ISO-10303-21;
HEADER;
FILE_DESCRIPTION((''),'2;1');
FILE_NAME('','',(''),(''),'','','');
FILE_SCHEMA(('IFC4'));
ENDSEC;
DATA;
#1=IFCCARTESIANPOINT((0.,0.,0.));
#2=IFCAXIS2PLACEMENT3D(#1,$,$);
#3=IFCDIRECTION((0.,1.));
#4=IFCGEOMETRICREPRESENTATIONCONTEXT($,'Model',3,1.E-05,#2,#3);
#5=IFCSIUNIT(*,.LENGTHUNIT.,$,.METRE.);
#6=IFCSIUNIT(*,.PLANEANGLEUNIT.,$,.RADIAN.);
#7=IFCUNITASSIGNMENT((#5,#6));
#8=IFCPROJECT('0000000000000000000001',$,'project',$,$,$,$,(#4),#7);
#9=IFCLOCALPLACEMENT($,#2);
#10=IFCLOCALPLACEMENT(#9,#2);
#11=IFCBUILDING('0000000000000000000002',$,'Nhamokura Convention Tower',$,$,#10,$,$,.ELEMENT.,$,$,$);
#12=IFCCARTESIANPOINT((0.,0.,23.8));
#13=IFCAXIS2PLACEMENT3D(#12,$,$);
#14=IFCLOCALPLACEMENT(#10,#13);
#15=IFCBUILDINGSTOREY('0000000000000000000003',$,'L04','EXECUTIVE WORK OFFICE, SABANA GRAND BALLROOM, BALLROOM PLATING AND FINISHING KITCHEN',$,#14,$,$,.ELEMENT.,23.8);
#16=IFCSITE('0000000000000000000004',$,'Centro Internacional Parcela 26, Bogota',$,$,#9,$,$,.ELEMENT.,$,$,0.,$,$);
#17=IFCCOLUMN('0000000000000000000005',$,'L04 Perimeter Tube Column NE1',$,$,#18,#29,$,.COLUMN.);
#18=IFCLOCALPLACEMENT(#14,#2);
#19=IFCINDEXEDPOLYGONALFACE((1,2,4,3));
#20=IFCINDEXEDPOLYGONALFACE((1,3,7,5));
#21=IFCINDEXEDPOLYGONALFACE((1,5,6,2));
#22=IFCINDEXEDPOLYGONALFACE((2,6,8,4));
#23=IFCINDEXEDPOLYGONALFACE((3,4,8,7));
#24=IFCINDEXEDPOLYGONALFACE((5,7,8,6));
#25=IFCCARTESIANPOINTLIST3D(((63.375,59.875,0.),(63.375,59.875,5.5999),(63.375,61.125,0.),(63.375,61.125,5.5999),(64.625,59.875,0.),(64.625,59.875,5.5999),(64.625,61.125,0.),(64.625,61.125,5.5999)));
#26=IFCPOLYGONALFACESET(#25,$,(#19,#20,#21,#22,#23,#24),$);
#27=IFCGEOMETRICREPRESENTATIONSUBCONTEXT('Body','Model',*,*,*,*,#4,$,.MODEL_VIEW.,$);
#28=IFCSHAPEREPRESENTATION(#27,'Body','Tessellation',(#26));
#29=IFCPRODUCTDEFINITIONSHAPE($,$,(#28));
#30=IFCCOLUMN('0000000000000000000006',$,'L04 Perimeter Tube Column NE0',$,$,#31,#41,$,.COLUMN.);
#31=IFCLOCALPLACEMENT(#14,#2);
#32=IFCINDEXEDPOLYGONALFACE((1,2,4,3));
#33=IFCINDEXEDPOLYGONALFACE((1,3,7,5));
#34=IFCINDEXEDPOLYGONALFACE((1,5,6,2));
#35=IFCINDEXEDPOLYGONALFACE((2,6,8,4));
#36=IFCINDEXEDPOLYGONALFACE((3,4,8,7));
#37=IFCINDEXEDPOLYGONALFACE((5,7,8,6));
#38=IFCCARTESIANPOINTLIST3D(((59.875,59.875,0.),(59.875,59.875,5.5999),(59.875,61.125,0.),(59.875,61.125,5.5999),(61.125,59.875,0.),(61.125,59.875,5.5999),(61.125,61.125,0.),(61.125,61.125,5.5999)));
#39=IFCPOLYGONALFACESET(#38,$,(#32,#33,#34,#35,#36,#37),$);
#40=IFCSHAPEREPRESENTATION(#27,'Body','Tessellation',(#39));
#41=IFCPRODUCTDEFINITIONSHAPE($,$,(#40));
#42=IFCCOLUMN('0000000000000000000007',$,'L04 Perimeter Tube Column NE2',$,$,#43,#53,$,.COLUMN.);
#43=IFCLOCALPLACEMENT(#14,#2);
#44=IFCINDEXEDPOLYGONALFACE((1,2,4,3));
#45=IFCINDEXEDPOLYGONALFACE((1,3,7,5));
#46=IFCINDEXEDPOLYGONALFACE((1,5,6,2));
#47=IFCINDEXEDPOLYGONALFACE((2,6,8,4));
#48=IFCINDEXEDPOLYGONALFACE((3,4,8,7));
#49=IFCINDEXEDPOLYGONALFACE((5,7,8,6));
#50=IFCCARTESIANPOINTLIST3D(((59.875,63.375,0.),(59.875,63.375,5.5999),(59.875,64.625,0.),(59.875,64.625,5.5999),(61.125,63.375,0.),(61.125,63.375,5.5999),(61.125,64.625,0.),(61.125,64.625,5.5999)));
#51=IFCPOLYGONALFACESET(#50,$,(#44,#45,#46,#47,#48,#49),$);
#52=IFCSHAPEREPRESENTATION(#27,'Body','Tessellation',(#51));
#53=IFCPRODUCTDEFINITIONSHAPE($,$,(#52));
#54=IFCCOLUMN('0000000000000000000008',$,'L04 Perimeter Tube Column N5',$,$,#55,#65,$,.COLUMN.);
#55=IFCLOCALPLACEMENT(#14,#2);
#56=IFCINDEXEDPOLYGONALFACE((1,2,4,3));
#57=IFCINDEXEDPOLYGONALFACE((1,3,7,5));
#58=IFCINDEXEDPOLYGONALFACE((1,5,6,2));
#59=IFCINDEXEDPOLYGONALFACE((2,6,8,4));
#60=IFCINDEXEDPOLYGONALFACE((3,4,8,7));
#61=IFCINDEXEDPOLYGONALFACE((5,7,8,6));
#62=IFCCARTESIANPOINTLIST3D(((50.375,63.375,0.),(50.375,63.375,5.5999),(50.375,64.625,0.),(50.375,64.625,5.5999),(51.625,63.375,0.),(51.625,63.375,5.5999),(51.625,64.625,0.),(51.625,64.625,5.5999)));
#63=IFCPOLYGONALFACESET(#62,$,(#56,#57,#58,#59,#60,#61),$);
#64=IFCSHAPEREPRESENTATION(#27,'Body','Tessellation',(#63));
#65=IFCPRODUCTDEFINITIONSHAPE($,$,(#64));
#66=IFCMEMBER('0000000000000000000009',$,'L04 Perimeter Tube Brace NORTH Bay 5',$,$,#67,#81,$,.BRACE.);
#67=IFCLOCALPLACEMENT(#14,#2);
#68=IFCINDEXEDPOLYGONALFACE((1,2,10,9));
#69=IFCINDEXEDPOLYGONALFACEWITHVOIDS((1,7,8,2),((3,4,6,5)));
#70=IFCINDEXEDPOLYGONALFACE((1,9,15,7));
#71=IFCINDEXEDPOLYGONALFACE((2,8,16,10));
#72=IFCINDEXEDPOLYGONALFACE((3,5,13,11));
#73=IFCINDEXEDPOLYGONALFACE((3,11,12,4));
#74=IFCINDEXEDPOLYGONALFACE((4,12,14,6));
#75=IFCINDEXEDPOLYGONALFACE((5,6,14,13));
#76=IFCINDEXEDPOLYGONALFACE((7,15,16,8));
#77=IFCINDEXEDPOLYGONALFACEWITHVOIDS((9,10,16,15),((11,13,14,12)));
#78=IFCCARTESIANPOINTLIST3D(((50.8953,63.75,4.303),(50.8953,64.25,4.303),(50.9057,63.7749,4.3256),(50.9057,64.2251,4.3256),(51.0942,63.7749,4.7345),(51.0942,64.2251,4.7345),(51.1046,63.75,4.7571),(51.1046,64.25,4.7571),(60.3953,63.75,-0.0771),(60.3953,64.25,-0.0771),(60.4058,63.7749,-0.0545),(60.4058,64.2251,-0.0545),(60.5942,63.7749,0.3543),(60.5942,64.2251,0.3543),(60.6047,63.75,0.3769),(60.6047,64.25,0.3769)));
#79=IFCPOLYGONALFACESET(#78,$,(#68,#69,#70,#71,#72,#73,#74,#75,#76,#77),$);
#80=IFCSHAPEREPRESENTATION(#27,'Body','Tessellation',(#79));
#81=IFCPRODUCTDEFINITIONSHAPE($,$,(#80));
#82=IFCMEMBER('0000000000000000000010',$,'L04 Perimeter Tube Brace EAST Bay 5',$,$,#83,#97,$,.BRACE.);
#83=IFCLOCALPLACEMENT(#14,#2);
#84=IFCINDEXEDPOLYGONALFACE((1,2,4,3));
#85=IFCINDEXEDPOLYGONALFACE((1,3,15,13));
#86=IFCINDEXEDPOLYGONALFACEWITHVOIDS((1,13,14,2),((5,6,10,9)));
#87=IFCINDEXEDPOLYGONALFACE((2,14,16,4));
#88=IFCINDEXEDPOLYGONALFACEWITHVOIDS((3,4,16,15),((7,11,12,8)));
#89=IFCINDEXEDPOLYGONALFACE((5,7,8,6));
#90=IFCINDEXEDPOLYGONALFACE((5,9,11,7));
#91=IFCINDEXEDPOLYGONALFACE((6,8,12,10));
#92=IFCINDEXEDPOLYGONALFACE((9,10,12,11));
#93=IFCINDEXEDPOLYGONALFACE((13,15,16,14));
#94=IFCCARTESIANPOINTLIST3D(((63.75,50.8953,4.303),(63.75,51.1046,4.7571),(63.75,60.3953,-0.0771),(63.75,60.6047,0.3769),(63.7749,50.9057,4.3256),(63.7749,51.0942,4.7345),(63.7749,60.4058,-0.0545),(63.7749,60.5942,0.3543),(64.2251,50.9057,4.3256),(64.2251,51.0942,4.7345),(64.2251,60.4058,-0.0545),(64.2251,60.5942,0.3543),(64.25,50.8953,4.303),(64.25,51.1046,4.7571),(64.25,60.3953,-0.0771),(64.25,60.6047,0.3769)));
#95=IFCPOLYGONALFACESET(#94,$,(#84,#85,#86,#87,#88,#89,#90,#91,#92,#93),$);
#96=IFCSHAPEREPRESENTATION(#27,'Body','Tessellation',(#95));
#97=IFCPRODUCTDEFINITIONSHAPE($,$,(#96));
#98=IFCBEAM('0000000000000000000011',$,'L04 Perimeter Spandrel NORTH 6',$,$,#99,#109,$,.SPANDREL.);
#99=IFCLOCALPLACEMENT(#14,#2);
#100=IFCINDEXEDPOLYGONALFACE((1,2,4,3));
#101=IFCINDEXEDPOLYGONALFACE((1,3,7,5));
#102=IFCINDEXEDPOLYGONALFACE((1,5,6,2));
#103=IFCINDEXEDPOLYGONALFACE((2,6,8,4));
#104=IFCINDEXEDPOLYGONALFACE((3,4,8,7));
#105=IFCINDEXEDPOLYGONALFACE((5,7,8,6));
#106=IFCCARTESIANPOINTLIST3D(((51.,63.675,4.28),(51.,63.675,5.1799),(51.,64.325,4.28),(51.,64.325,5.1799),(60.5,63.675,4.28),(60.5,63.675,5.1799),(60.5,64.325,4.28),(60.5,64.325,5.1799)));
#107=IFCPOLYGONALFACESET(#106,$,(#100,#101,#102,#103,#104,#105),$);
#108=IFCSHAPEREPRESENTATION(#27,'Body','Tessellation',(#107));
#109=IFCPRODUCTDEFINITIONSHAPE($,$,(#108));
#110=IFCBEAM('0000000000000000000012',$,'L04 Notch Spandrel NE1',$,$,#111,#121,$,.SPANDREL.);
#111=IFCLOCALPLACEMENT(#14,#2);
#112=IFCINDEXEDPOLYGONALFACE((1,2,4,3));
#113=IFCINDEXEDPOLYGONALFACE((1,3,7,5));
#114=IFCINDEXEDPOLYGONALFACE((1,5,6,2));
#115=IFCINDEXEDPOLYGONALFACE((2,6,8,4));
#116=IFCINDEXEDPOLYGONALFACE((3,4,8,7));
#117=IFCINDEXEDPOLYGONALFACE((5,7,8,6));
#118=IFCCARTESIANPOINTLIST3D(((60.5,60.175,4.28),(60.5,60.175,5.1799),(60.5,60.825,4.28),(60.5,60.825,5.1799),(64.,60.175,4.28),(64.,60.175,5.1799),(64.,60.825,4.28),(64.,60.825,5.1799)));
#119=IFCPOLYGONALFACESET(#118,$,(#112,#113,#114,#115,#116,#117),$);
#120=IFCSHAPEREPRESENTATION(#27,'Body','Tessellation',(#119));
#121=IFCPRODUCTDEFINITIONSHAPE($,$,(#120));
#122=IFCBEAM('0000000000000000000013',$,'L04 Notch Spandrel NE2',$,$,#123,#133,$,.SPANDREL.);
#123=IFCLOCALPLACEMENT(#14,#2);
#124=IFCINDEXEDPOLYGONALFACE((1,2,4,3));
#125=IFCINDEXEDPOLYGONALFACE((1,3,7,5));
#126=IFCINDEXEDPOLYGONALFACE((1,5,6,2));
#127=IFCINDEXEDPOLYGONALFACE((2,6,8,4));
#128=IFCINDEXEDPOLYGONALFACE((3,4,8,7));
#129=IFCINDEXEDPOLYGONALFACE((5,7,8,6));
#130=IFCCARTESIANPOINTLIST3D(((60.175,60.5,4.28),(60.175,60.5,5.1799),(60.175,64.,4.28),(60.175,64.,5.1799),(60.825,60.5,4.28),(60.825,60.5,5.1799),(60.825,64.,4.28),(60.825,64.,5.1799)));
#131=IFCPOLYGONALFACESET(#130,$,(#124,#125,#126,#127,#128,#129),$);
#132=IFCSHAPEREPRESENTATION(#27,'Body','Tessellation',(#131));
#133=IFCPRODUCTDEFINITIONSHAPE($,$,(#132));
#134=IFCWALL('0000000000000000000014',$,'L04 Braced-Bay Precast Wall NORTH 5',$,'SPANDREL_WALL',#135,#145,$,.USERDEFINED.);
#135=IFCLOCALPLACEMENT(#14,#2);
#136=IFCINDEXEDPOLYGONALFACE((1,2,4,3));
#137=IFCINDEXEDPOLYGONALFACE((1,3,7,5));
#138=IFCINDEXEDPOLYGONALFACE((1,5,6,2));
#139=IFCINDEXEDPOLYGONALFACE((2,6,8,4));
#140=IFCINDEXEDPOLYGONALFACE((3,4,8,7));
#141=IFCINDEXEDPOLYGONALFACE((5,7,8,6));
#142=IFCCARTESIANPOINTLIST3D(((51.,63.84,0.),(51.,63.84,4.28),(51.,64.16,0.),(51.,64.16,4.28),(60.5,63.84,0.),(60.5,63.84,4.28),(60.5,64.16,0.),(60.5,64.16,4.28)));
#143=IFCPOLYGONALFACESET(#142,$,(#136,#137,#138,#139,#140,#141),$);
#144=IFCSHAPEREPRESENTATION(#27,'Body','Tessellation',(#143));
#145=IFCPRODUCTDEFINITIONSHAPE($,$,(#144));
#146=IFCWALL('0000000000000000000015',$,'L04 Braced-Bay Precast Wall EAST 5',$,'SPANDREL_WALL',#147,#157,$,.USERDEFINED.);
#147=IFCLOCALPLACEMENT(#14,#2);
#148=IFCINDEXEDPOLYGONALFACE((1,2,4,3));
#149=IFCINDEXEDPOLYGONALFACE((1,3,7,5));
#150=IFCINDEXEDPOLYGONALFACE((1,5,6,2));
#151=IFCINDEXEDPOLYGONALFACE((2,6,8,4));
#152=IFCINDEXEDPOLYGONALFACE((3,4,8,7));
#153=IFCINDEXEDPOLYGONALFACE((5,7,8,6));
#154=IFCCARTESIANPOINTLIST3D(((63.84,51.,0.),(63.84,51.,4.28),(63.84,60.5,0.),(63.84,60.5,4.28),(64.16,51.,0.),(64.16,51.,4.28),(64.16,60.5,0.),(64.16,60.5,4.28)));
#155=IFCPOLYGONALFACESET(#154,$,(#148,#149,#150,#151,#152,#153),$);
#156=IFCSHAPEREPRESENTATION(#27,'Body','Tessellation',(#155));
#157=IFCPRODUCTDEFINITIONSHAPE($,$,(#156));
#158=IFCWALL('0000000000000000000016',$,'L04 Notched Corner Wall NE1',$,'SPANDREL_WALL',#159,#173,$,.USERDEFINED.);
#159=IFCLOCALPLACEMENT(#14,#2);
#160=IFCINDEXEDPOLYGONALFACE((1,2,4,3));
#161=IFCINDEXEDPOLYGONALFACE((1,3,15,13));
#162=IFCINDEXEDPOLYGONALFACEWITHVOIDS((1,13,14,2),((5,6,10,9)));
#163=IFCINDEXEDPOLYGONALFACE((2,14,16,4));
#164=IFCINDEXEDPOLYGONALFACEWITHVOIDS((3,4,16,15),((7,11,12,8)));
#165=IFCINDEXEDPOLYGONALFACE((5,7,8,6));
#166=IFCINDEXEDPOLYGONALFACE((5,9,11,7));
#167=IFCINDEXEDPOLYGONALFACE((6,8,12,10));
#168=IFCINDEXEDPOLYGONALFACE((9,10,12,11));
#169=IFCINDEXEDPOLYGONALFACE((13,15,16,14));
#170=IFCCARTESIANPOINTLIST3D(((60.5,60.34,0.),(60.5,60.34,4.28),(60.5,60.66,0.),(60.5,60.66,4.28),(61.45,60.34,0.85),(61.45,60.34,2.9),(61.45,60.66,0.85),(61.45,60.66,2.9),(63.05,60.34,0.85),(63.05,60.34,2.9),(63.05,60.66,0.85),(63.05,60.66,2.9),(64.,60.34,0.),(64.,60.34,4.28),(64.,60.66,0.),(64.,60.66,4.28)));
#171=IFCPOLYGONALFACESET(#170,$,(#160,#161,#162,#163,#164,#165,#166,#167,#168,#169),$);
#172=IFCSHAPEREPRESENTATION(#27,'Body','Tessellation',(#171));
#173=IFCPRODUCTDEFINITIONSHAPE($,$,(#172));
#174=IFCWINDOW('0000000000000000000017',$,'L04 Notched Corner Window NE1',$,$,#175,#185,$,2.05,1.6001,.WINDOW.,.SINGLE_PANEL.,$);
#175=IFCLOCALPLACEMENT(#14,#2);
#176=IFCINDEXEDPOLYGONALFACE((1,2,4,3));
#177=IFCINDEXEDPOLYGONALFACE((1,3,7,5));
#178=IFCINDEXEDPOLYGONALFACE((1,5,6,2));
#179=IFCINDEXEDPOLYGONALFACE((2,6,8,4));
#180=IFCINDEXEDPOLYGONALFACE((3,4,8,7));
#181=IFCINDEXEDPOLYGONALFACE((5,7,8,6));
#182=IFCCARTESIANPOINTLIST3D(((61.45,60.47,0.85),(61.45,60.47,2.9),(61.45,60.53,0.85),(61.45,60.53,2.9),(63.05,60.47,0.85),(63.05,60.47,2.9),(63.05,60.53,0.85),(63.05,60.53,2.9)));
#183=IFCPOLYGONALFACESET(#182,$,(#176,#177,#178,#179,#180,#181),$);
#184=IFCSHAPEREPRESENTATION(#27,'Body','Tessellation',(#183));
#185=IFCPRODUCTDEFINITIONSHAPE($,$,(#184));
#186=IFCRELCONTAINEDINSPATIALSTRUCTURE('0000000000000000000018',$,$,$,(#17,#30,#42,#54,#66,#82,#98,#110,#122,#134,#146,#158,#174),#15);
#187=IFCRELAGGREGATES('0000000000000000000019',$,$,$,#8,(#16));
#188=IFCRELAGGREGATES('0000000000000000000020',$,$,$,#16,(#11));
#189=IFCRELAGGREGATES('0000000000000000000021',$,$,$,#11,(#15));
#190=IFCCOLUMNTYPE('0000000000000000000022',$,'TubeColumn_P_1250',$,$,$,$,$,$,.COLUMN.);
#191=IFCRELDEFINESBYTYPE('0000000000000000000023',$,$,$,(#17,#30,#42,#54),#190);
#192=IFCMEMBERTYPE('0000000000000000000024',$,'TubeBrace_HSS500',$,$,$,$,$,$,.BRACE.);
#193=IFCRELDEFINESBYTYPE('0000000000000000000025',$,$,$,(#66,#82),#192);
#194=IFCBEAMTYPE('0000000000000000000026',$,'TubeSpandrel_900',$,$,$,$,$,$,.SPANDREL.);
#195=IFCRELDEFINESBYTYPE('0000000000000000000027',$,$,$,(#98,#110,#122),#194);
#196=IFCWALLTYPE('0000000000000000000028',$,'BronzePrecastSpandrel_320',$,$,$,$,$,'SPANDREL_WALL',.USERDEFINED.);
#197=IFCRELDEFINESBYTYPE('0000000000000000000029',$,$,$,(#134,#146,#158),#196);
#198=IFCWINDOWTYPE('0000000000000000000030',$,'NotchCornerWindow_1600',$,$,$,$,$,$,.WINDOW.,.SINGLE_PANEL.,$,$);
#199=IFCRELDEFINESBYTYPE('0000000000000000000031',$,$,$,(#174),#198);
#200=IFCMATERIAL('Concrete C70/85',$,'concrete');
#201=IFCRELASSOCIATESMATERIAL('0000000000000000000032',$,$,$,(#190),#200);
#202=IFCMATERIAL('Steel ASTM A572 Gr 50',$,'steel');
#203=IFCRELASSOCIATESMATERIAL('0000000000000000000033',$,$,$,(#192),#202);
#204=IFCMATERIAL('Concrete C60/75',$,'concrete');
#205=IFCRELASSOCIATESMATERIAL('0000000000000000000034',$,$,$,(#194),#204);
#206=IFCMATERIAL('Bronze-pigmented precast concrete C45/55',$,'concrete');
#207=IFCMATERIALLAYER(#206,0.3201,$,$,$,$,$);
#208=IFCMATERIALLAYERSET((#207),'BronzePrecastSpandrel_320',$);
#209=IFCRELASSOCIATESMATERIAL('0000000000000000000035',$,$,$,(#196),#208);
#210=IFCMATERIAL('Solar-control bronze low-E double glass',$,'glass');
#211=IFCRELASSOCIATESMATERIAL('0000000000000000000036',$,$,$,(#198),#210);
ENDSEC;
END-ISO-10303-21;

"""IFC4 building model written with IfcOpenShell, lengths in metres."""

from ifc_helpers import new_model, si_unit, direction, frame, frame_2d, origin, origin_2d, place, context, subcontext, project, spatial, rectangle, hollow_rectangle, extrude, material, layer, layer_set, material_profile, profile_set, type_object, element, fill, save


model = new_model("IFC4")

# Units and contexts
model_context = context("Model", 3, precision=1e-05, world=origin(), true_north=direction((0.0, 1.0)))
body_context = subcontext(model_context, "Body", "Model", "MODEL_VIEW")
ifc_project = project(units=[si_unit("LENGTHUNIT", "METRE"), si_unit("PLANEANGLEUNIT", "RADIAN")], contexts=[model_context])

# Site, building, storey
site_placement = place(None, origin())
site = spatial("IfcSite", under=ifc_project, at=site_placement, Name="Centro Internacional Parcela 26, Bogota", CompositionType="ELEMENT", RefElevation=0.0)
building_placement = place(site_placement, origin())
building = spatial("IfcBuilding", under=site, at=building_placement, Name="Nhamokura Convention Tower", CompositionType="ELEMENT")
storey_placement = place(building_placement, frame((0.0, 0.0, 23.8)))
storey = spatial("IfcBuildingStorey", under=building, at=storey_placement, Name="L04", Description="EXECUTIVE WORK OFFICE, SABANA GRAND BALLROOM, BALLROOM PLATING AND FINISHING KITCHEN", CompositionType="ELEMENT", Elevation=23.8)

# Columns
ifc_material_1 = material(Name="Concrete C70/85", Category="concrete")
ifc_material_profile_1 = material_profile(ifc_material_1, rectangle(XDim=1.25, YDim=1.25, at=origin_2d()))
ifc_profile_set_1 = profile_set([ifc_material_profile_1], Name="Concrete C70/85")
column_type = type_object("IfcColumnType", Name="TubeColumn_P_1250", PredefinedType="COLUMN", material=ifc_profile_set_1)
for number, where, z_axis, x_axis, name in (
    (1, (64.0, 60.5, 0.0), (0.0, 0.0, 1.0), (1.0, 0.0, 0.0), "L04 Perimeter Tube Column NE1"),
    (2, (60.5, 60.5, 0.0), (0.0, 0.0, 1.0), (1.0, 0.0, 0.0), "L04 Perimeter Tube Column NE0"),
    (3, (60.5, 64.0, 0.0), (0.0, 0.0, 1.0), (1.0, 0.0, 0.0), "L04 Perimeter Tube Column NE2"),
    (4, (51.0, 64.0, 0.0), (0.0, 0.0, 1.0), (1.0, 0.0, 0.0), "L04 Perimeter Tube Column N5"),
):
    element("IfcColumn", number, at=place(storey_placement, frame(where, z_axis=z_axis, x_axis=x_axis)), inside=storey, type_object=column_type, Name=name, PredefinedType="COLUMN", context=body_context, shape_type="SweptSolid", body=[
        extrude(rectangle(XDim=1.25, YDim=1.25, at=origin_2d()), origin(), (0.0, 0.0, 1.0), 5.5999),
    ])

# Members
ifc_material_2 = material(Name="Steel ASTM A572 Gr 50", Category="steel")
ifc_material_profile_2 = material_profile(ifc_material_2, hollow_rectangle(XDim=0.5, YDim=0.5, WallThickness=0.0249, at=origin_2d()))
ifc_profile_set_2 = profile_set([ifc_material_profile_2], Name="Steel ASTM A572 Gr 50")
member_type = type_object("IfcMemberType", Name="TubeBrace_HSS500", PredefinedType="BRACE", material=ifc_profile_set_2)
for number, where, z_axis, x_axis, name in (
    (5, (60.5, 64.0, 0.1499), (-0.908123, 0.0, 0.418704), (0.0, -1.0, 0.0), "L04 Perimeter Tube Brace NORTH Bay 5"),
    (6, (64.0, 60.5, 0.1499), (0.0, -0.908123, 0.418704), (1.0, 0.0, 0.0), "L04 Perimeter Tube Brace EAST Bay 5"),
):
    element("IfcMember", number, at=place(storey_placement, frame(where, z_axis=z_axis, x_axis=x_axis)), inside=storey, type_object=member_type, Name=name, PredefinedType="BRACE", context=body_context, shape_type="SweptSolid", body=[
        extrude(hollow_rectangle(XDim=0.5, YDim=0.5, WallThickness=0.0249, at=origin_2d()), origin(), (0.0, 0.0, 1.0), 10.4612),
    ])

# Beams
ifc_material_3 = material(Name="Concrete C60/75", Category="concrete")
ifc_material_profile_3 = material_profile(ifc_material_3, rectangle(XDim=0.6499, YDim=0.8999, at=origin_2d()))
ifc_profile_set_3 = profile_set([ifc_material_profile_3], Name="Concrete C60/75")
beam_type = type_object("IfcBeamType", Name="TubeSpandrel_900", PredefinedType="SPANDREL", material=ifc_profile_set_3)
beam_placement = place(storey_placement, frame((51.0, 64.0, 4.73), z_axis=(1.0, 0.0, 0.0), x_axis=(0.0, 1.0, 0.0)))
element("IfcBeam", 7, at=beam_placement, inside=storey, type_object=beam_type, Name="L04 Perimeter Spandrel NORTH 6", PredefinedType="SPANDREL", context=body_context, shape_type="SweptSolid", body=[
    extrude(rectangle(XDim=0.6499, YDim=0.8999, at=origin_2d()), origin(), (0.0, 0.0, 1.0), 9.5),
])
for number, where, z_axis, x_axis, name in (
    (8, (64.0, 60.5, 4.73), (-1.0, 0.0, 0.0), (0.0, -1.0, 0.0), "L04 Notch Spandrel NE1"),
    (9, (60.5, 60.5, 4.73), (0.0, 1.0, 0.0), (-1.0, 0.0, 0.0), "L04 Notch Spandrel NE2"),
):
    element("IfcBeam", number, at=place(storey_placement, frame(where, z_axis=z_axis, x_axis=x_axis)), inside=storey, type_object=beam_type, Name=name, PredefinedType="SPANDREL", context=body_context, shape_type="SweptSolid", body=[
        extrude(rectangle(XDim=0.6499, YDim=0.8999, at=origin_2d()), origin(), (0.0, 0.0, 1.0), 3.5),
    ])

# Walls
ifc_material_4 = material(Name="Bronze-pigmented precast concrete C45/55", Category="concrete")
ifc_layer_1 = layer(ifc_material_4, 0.3201)
ifc_layer_set_1 = layer_set([ifc_layer_1], Name="BronzePrecastSpandrel_320")
wall_type_1 = type_object("IfcWallType", Name="BronzePrecastSpandrel_320", ElementType="SPANDREL_WALL", PredefinedType="USERDEFINED", material=ifc_layer_set_1)
for number, where, z_axis, x_axis, name in (
    (10, (51.0, 64.0, 0.0), (0.0, 0.0, 1.0), (1.0, 0.0, 0.0), "L04 Braced-Bay Precast Wall NORTH 5"),
    (11, (64.0, 60.5, 0.0), (0.0, 0.0, 1.0), (0.0, -1.0, 0.0), "L04 Braced-Bay Precast Wall EAST 5"),
):
    element("IfcWall", number, at=place(storey_placement, frame(where, z_axis=z_axis, x_axis=x_axis)), inside=storey, type_object=wall_type_1, Name=name, ObjectType="SPANDREL_WALL", PredefinedType="USERDEFINED", context=body_context, shape_type="SweptSolid", body=[
        extrude(rectangle(XDim=9.5, YDim=0.3201, at=frame_2d((4.75, 0.0))), origin(), (0.0, 0.0, 1.0), 4.28),
    ])

# Wall, opening, window
wall_1_placement = place(storey_placement, frame((60.5, 60.5, 0.0), z_axis=(0.0, 0.0, 1.0), x_axis=(1.0, 0.0, 0.0)))
wall_1 = element("IfcWall", 12, at=wall_1_placement, inside=storey, type_object=wall_type_1, Name="L04 Notched Corner Wall NE1", ObjectType="SPANDREL_WALL", PredefinedType="USERDEFINED", context=body_context, shape_type="SweptSolid", body=[
    extrude(rectangle(XDim=3.5, YDim=0.3201, at=frame_2d((1.75, 0.0))), origin(), (0.0, 0.0, 1.0), 4.28),
])
opening_1_placement = place(wall_1_placement, frame((0.95, 0.0, 0.8501)))
opening_1 = element("IfcOpeningElement", 13, at=opening_1_placement, cuts=wall_1, PredefinedType="OPENING", context=body_context, shape_type="SweptSolid", body=[
    extrude(rectangle(XDim=1.6001, YDim=2.05, at=frame_2d((0.8, 1.0249))), frame((0.0, 0.1699, 0.0), z_axis=(0.0, -1.0, 0.0), x_axis=(1.0, 0.0, 0.0)), (0.0, 0.0, 1.0), 0.3401),
])
ifc_material_5 = material(Name="Solar-control bronze low-E double glass", Category="glass")
window_type = type_object("IfcWindowType", Name="NotchCornerWindow_1600", PartitioningType="SINGLE_PANEL", PredefinedType="WINDOW", material=ifc_material_5)
window_1_placement = place(opening_1_placement, origin())
window_1 = element("IfcWindow", 14, at=window_1_placement, inside=storey, type_object=window_type, Name="L04 Notched Corner Window NE1", OverallHeight=2.05, OverallWidth=1.6001, PartitioningType="SINGLE_PANEL", PredefinedType="WINDOW", context=body_context, shape_type="SweptSolid", body=[
    extrude(rectangle(XDim=1.6001, YDim=2.05, at=frame_2d((0.8, 1.0249))), frame((0.0, 0.03, 0.0), z_axis=(0.0, -1.0, 0.0), x_axis=(1.0, 0.0, 0.0)), (0.0, 0.0, 1.0), 0.0601),
])
fill(opening_1, window_1)

save(model, "model.ifc")
